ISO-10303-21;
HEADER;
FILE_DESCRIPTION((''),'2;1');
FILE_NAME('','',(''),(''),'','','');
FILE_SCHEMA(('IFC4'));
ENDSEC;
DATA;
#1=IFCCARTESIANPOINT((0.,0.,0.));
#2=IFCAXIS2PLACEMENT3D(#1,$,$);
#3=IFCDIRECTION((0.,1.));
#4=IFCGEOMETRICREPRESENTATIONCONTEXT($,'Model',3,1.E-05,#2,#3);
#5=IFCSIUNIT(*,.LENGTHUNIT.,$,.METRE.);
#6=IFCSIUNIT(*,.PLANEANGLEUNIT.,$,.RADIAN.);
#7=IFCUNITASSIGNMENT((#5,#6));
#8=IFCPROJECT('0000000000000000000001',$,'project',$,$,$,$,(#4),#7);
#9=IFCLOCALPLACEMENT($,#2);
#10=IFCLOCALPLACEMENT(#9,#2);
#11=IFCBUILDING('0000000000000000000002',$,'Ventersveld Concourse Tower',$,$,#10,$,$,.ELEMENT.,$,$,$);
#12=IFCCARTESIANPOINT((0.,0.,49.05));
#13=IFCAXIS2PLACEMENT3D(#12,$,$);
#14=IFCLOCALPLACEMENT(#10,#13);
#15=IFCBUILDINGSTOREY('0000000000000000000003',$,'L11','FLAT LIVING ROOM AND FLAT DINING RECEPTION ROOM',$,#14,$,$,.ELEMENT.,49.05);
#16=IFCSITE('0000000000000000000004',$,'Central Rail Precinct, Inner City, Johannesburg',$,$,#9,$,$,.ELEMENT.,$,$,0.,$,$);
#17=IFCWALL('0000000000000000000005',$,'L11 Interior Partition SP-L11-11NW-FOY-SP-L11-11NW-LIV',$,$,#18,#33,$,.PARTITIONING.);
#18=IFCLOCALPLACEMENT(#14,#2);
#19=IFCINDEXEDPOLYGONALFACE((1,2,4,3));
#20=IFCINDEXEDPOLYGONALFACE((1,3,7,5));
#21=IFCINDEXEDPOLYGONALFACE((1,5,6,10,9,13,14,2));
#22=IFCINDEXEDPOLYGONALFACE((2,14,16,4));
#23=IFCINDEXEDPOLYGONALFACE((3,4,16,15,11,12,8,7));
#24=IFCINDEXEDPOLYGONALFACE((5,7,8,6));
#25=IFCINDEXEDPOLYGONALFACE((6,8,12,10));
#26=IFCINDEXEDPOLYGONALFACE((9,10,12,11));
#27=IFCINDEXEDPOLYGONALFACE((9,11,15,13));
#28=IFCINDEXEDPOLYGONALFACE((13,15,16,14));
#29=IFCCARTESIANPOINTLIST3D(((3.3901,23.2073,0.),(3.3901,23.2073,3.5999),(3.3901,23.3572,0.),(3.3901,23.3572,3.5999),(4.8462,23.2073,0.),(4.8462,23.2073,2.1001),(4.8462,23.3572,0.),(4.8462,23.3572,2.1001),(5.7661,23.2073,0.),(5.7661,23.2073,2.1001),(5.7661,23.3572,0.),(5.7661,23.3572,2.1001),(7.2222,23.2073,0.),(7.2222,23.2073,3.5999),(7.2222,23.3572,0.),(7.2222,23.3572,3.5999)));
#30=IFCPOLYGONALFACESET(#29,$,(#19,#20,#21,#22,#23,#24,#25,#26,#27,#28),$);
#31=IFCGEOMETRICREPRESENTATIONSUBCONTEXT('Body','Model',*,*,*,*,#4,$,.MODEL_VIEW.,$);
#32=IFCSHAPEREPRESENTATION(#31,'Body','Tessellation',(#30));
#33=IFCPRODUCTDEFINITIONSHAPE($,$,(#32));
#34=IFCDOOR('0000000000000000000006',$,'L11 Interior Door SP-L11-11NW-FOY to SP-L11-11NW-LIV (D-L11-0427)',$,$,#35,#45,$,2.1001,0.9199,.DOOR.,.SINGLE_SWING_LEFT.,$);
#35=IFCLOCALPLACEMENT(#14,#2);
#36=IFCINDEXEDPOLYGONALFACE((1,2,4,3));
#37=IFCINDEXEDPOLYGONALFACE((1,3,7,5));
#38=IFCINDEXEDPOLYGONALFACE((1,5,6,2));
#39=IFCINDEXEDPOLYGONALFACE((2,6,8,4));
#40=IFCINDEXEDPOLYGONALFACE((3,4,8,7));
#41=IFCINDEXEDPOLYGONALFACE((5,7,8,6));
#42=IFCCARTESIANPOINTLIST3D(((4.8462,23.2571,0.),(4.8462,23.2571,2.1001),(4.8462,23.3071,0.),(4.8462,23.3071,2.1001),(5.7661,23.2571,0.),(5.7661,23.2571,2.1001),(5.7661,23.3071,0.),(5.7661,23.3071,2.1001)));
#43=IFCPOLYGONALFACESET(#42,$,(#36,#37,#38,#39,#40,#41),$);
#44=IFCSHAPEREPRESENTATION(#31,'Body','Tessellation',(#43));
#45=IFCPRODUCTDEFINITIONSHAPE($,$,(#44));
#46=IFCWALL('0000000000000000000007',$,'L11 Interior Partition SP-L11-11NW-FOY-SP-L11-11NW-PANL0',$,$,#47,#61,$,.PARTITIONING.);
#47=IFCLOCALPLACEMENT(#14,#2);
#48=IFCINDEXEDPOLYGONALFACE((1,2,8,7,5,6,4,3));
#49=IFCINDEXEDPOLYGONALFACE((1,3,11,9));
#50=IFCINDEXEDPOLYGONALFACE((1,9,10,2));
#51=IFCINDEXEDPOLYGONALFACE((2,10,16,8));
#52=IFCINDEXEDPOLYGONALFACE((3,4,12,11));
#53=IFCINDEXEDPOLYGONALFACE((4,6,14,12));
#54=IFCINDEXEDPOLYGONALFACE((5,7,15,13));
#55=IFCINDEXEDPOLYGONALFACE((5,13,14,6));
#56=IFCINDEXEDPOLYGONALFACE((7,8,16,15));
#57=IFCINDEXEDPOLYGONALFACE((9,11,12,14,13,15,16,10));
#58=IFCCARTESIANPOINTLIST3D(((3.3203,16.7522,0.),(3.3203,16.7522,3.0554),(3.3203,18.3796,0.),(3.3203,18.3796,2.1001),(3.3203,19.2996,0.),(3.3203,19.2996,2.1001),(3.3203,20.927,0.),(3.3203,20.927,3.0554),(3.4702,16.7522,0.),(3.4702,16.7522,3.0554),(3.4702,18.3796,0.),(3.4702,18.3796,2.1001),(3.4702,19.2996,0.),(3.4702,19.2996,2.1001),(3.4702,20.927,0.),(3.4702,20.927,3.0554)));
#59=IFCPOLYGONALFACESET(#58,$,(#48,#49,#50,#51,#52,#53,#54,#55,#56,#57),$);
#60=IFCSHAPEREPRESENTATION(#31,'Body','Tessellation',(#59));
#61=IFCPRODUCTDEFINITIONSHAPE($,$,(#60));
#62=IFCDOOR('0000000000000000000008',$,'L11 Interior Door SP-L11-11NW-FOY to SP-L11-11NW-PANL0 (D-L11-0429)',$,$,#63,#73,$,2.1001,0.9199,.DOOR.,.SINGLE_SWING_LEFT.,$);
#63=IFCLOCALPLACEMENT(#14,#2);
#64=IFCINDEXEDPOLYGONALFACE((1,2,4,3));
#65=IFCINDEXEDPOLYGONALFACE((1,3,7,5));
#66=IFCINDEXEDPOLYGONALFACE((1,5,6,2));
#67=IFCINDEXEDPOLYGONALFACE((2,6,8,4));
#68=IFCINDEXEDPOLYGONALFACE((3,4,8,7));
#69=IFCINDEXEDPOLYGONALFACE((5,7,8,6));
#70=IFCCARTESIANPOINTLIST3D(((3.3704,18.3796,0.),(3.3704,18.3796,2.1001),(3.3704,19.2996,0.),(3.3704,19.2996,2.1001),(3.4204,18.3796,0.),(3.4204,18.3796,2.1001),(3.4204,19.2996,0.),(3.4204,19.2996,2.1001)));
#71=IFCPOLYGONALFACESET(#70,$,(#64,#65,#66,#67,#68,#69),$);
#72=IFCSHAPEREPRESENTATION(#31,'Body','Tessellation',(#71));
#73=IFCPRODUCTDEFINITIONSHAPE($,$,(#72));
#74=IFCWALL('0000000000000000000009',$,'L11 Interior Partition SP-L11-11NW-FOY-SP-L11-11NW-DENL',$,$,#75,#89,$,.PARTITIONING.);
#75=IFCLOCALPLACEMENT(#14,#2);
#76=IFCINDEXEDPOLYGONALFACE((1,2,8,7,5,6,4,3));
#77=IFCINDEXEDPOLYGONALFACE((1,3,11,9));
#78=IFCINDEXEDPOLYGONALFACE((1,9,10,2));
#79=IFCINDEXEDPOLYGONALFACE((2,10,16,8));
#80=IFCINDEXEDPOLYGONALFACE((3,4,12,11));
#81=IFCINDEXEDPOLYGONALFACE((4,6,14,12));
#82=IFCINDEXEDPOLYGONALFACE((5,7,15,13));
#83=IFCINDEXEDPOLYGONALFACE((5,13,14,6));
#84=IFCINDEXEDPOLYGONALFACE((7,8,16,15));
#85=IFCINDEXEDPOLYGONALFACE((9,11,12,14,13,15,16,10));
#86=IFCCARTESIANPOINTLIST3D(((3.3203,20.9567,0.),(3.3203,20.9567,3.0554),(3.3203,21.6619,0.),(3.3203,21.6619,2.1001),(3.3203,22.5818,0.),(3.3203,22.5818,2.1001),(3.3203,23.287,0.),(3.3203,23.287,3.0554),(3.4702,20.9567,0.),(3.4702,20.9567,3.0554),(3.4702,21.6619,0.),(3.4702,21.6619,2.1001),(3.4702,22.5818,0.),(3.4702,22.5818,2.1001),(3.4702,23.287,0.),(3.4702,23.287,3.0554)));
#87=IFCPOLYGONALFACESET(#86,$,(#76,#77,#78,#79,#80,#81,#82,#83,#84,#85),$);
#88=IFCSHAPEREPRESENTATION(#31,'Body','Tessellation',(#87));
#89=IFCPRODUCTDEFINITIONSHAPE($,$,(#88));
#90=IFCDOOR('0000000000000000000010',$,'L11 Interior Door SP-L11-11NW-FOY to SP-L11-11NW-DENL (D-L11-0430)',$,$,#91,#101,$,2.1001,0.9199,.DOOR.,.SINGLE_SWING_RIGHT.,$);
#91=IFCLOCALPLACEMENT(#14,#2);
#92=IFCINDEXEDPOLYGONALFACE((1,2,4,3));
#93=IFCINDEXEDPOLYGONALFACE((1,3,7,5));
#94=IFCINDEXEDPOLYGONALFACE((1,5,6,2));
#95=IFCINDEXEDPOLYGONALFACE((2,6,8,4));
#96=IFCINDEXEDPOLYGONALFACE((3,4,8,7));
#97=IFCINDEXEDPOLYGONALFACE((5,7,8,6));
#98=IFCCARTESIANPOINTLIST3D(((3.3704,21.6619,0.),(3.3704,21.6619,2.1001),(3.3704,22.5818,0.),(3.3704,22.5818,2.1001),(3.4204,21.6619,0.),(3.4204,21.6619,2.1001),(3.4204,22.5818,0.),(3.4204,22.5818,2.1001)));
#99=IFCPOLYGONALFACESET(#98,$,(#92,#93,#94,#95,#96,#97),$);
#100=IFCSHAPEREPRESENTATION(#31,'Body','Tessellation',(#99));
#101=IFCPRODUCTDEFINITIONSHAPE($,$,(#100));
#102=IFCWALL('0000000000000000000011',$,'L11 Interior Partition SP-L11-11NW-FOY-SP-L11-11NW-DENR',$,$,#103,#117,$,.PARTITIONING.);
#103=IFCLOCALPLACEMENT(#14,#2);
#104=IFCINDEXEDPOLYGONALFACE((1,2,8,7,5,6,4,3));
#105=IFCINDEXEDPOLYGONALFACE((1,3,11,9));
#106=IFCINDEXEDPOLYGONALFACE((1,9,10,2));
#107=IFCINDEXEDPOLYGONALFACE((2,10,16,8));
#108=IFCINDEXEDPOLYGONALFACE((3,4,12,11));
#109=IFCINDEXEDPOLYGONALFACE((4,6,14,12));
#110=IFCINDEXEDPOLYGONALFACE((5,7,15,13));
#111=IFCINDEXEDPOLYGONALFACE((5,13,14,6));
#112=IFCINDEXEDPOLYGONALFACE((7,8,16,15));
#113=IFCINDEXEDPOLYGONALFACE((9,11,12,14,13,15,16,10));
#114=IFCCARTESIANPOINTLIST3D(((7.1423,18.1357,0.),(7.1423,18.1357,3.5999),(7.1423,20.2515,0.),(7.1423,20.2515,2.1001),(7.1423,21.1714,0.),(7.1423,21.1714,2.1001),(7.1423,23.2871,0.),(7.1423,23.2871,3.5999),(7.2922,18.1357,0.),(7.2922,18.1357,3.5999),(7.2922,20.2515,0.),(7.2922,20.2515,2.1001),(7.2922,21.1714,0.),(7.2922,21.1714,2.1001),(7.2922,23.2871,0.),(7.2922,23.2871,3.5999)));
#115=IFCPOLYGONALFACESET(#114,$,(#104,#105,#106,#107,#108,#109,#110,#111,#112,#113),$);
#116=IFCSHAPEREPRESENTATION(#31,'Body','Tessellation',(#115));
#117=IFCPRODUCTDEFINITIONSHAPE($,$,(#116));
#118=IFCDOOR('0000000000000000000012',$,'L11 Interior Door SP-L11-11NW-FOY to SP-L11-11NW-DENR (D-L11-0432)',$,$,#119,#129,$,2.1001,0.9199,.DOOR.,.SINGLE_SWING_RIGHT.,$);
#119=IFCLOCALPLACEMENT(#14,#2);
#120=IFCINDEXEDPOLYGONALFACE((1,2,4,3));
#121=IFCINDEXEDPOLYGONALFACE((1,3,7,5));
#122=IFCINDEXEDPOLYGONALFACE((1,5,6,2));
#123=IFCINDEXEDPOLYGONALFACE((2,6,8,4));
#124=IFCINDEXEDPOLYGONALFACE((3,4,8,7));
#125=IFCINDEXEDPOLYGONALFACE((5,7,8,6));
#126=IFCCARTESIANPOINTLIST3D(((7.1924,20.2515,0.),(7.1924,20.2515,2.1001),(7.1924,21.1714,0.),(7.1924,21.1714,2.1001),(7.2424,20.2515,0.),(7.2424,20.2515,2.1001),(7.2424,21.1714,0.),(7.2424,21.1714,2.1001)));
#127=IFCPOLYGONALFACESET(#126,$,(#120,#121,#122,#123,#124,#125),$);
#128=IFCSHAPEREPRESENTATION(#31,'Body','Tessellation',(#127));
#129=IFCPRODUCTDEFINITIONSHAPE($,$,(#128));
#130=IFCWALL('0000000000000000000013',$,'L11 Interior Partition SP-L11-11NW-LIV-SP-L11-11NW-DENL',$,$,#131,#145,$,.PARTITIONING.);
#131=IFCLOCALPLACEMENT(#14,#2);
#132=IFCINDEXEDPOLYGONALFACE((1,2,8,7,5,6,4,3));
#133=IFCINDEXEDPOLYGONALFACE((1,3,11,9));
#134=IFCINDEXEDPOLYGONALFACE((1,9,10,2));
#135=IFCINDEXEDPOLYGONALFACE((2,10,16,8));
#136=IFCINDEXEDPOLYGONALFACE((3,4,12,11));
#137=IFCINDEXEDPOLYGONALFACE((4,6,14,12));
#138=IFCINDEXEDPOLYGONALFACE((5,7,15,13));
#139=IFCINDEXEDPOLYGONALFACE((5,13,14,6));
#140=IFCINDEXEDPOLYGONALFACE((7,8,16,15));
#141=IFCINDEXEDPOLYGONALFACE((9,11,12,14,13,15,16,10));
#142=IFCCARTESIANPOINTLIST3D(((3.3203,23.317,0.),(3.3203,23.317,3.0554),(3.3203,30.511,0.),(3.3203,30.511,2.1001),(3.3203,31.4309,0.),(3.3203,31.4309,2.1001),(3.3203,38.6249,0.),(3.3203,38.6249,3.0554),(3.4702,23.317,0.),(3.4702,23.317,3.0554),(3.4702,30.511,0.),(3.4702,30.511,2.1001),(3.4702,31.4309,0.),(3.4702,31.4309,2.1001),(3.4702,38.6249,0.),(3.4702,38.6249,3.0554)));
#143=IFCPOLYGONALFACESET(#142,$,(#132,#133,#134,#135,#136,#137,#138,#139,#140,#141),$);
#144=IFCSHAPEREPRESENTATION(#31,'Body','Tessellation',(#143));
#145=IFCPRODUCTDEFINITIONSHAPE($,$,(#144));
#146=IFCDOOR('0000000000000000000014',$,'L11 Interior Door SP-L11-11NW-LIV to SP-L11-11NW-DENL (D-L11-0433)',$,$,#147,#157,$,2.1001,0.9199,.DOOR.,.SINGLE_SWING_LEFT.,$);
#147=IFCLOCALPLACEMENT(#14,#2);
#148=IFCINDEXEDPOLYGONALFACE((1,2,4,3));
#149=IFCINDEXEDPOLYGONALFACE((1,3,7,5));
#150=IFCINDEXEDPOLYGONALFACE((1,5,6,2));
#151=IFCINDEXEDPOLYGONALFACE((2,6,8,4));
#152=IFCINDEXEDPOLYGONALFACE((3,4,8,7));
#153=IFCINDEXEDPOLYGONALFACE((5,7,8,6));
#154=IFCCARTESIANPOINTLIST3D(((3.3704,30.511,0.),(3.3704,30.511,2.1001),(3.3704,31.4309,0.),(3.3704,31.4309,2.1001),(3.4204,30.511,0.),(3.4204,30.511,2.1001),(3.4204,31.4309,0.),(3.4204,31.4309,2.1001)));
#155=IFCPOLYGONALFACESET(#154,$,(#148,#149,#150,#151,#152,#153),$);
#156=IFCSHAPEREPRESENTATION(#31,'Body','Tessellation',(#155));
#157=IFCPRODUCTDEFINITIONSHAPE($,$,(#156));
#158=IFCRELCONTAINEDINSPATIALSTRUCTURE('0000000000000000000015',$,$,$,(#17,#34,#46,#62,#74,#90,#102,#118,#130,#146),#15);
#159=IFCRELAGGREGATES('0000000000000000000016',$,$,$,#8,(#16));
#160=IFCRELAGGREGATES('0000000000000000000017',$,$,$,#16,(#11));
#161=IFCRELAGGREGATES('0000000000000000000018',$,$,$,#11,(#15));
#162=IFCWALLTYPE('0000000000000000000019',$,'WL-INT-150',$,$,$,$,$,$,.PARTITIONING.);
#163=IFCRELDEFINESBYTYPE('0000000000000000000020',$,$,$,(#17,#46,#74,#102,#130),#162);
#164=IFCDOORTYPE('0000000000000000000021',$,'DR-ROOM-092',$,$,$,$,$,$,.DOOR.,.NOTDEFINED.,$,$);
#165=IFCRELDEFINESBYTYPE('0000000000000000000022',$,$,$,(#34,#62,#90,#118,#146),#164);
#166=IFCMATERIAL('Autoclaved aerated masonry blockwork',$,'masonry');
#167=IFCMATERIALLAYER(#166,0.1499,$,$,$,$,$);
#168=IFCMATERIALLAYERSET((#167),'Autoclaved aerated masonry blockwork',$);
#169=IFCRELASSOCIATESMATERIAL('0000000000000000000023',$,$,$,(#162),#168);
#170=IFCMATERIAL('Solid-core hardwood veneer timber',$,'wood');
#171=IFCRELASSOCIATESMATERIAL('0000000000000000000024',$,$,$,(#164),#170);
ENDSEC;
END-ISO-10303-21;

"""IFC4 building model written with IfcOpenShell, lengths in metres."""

from ifc_helpers import new_model, si_unit, direction, frame, frame_2d, origin, place, context, subcontext, project, spatial, rectangle, extrude, material, layer, layer_set, type_object, element, fill, save


model = new_model("IFC4")

# Units and contexts
model_context = context("Model", 3, precision=1e-05, world=origin(), true_north=direction((0.0, 1.0)))
body_context = subcontext(model_context, "Body", "Model", "MODEL_VIEW")
ifc_project = project(units=[si_unit("LENGTHUNIT", "METRE"), si_unit("PLANEANGLEUNIT", "RADIAN")], contexts=[model_context])

# Site, building, storey
site_placement = place(None, origin())
site = spatial("IfcSite", under=ifc_project, at=site_placement, Name="Central Rail Precinct, Inner City, Johannesburg", CompositionType="ELEMENT", RefElevation=0.0)
building_placement = place(site_placement, origin())
building = spatial("IfcBuilding", under=site, at=building_placement, Name="Ventersveld Concourse Tower", CompositionType="ELEMENT")
storey_placement = place(building_placement, frame((0.0, 0.0, 49.05)))
storey = spatial("IfcBuildingStorey", under=building, at=storey_placement, Name="L11", Description="FLAT LIVING ROOM AND FLAT DINING RECEPTION ROOM", CompositionType="ELEMENT", Elevation=49.05)

# Walls, openings, doors
ifc_material_1 = material(Name="Autoclaved aerated masonry blockwork", Category="masonry")
ifc_layer_1 = layer(ifc_material_1, 0.1499)
ifc_layer_set_1 = layer_set([ifc_layer_1], Name="Autoclaved aerated masonry blockwork")
wall_type_1 = type_object("IfcWallType", Name="WL-INT-150", PredefinedType="PARTITIONING", material=ifc_layer_set_1)
wall_1_placement = place(storey_placement, frame((3.3901, 23.2822, 0.0), z_axis=(0.0, 0.0, 1.0), x_axis=(1.0, 0.0, 0.0)))
wall_1 = element("IfcWall", 1, at=wall_1_placement, inside=storey, type_object=wall_type_1, Name="L11 Interior Partition SP-L11-11NW-FOY-SP-L11-11NW-LIV", PredefinedType="PARTITIONING", context=body_context, shape_type="SweptSolid", body=[
    extrude(rectangle(XDim=3.832, YDim=0.1499, at=frame_2d((1.916, 0.0))), origin(), (0.0, 0.0, 1.0), 3.5999),
])
opening_1_placement = place(wall_1_placement, frame((1.4561, 0.0, 0.0)))
opening_1 = element("IfcOpeningElement", 2, at=opening_1_placement, cuts=wall_1, PredefinedType="OPENING", context=body_context, shape_type="SweptSolid", body=[
    extrude(rectangle(XDim=0.9199, YDim=2.1001, at=frame_2d((0.46, 1.05))), frame((0.0, 0.085, 0.0), z_axis=(0.0, -1.0, 0.0), x_axis=(1.0, 0.0, 0.0)), (0.0, 0.0, 1.0), 0.1699),
])
ifc_material_2 = material(Name="Solid-core hardwood veneer timber", Category="wood")
door_type = type_object("IfcDoorType", Name="DR-ROOM-092", OperationType="NOTDEFINED", PredefinedType="DOOR", material=ifc_material_2)
door_1_placement = place(opening_1_placement, origin())
door_1 = element("IfcDoor", 3, at=door_1_placement, inside=storey, type_object=door_type, Name="L11 Interior Door SP-L11-11NW-FOY to SP-L11-11NW-LIV (D-L11-0427)", OperationType="SINGLE_SWING_LEFT", OverallHeight=2.1001, OverallWidth=0.9199, PredefinedType="DOOR", context=body_context, shape_type="SweptSolid", body=[
    extrude(rectangle(XDim=0.9199, YDim=2.1001, at=frame_2d((0.46, 1.05))), frame((0.0, 0.0249, 0.0), z_axis=(0.0, -1.0, 0.0), x_axis=(1.0, 0.0, 0.0)), (0.0, 0.0, 1.0), 0.05),
])
fill(opening_1, door_1)
wall_2_placement = place(storey_placement, frame((3.3953, 16.7522, 0.0), z_axis=(0.0, 0.0, 1.0), x_axis=(0.0, 1.0, 0.0)))
wall_2 = element("IfcWall", 4, at=wall_2_placement, inside=storey, type_object=wall_type_1, Name="L11 Interior Partition SP-L11-11NW-FOY-SP-L11-11NW-PANL0", PredefinedType="PARTITIONING", context=body_context, shape_type="SweptSolid", body=[
    extrude(rectangle(XDim=4.1748, YDim=0.1499, at=frame_2d((2.0874, 0.0))), origin(), (0.0, 0.0, 1.0), 3.0554),
])
opening_2_placement = place(wall_2_placement, frame((1.6274, 0.0, 0.0)))
opening_2 = element("IfcOpeningElement", 5, at=opening_2_placement, cuts=wall_2, PredefinedType="OPENING", context=body_context, shape_type="SweptSolid", body=[
    extrude(rectangle(XDim=0.9199, YDim=2.1001, at=frame_2d((0.46, 1.05))), frame((0.0, 0.085, 0.0), z_axis=(0.0, -1.0, 0.0), x_axis=(1.0, 0.0, 0.0)), (0.0, 0.0, 1.0), 0.1699),
])
door_2_placement = place(opening_2_placement, origin())
door_2 = element("IfcDoor", 6, at=door_2_placement, inside=storey, type_object=door_type, Name="L11 Interior Door SP-L11-11NW-FOY to SP-L11-11NW-PANL0 (D-L11-0429)", OperationType="SINGLE_SWING_LEFT", OverallHeight=2.1001, OverallWidth=0.9199, PredefinedType="DOOR", context=body_context, shape_type="SweptSolid", body=[
    extrude(rectangle(XDim=0.9199, YDim=2.1001, at=frame_2d((0.46, 1.05))), frame((0.0, 0.0249, 0.0), z_axis=(0.0, -1.0, 0.0), x_axis=(1.0, 0.0, 0.0)), (0.0, 0.0, 1.0), 0.05),
])
fill(opening_2, door_2)
wall_3_placement = place(storey_placement, frame((3.3953, 20.9568, 0.0), z_axis=(0.0, 0.0, 1.0), x_axis=(0.0, 1.0, 0.0)))
wall_3 = element("IfcWall", 7, at=wall_3_placement, inside=storey, type_object=wall_type_1, Name="L11 Interior Partition SP-L11-11NW-FOY-SP-L11-11NW-DENL", PredefinedType="PARTITIONING", context=body_context, shape_type="SweptSolid", body=[
    extrude(rectangle(XDim=2.3303, YDim=0.1499, at=frame_2d((1.165, 0.0))), origin(), (0.0, 0.0, 1.0), 3.0554),
])
opening_3_placement = place(wall_3_placement, frame((0.7051, 0.0, 0.0)))
opening_3 = element("IfcOpeningElement", 8, at=opening_3_placement, cuts=wall_3, PredefinedType="OPENING", context=body_context, shape_type="SweptSolid", body=[
    extrude(rectangle(XDim=0.9199, YDim=2.1001, at=frame_2d((0.46, 1.05))), frame((0.0, 0.085, 0.0), z_axis=(0.0, -1.0, 0.0), x_axis=(1.0, 0.0, 0.0)), (0.0, 0.0, 1.0), 0.1699),
])
door_3_placement = place(opening_3_placement, origin())
door_3 = element("IfcDoor", 9, at=door_3_placement, inside=storey, type_object=door_type, Name="L11 Interior Door SP-L11-11NW-FOY to SP-L11-11NW-DENL (D-L11-0430)", OperationType="SINGLE_SWING_RIGHT", OverallHeight=2.1001, OverallWidth=0.9199, PredefinedType="DOOR", context=body_context, shape_type="SweptSolid", body=[
    extrude(rectangle(XDim=0.9199, YDim=2.1001, at=frame_2d((0.46, 1.05))), frame((0.0, 0.0249, 0.0), z_axis=(0.0, -1.0, 0.0), x_axis=(1.0, 0.0, 0.0)), (0.0, 0.0, 1.0), 0.05),
])
fill(opening_3, door_3)
wall_4_placement = place(storey_placement, frame((7.2173, 18.1357, 0.0), z_axis=(0.0, 0.0, 1.0), x_axis=(0.0, 1.0, 0.0)))
wall_4 = element("IfcWall", 10, at=wall_4_placement, inside=storey, type_object=wall_type_1, Name="L11 Interior Partition SP-L11-11NW-FOY-SP-L11-11NW-DENR", PredefinedType="PARTITIONING", context=body_context, shape_type="SweptSolid", body=[
    extrude(rectangle(XDim=5.1514, YDim=0.1499, at=frame_2d((2.5757, 0.0))), origin(), (0.0, 0.0, 1.0), 3.5999),
])
opening_4_placement = place(wall_4_placement, frame((2.1157, 0.0, 0.0)))
opening_4 = element("IfcOpeningElement", 11, at=opening_4_placement, cuts=wall_4, PredefinedType="OPENING", context=body_context, shape_type="SweptSolid", body=[
    extrude(rectangle(XDim=0.9199, YDim=2.1001, at=frame_2d((0.46, 1.05))), frame((0.0, 0.085, 0.0), z_axis=(0.0, -1.0, 0.0), x_axis=(1.0, 0.0, 0.0)), (0.0, 0.0, 1.0), 0.1699),
])
door_4_placement = place(opening_4_placement, origin())
door_4 = element("IfcDoor", 12, at=door_4_placement, inside=storey, type_object=door_type, Name="L11 Interior Door SP-L11-11NW-FOY to SP-L11-11NW-DENR (D-L11-0432)", OperationType="SINGLE_SWING_RIGHT", OverallHeight=2.1001, OverallWidth=0.9199, PredefinedType="DOOR", context=body_context, shape_type="SweptSolid", body=[
    extrude(rectangle(XDim=0.9199, YDim=2.1001, at=frame_2d((0.46, 1.05))), frame((0.0, 0.0249, 0.0), z_axis=(0.0, -1.0, 0.0), x_axis=(1.0, 0.0, 0.0)), (0.0, 0.0, 1.0), 0.05),
])
fill(opening_4, door_4)
wall_5_placement = place(storey_placement, frame((3.3953, 23.3171, 0.0), z_axis=(0.0, 0.0, 1.0), x_axis=(0.0, 1.0, 0.0)))
wall_5 = element("IfcWall", 13, at=wall_5_placement, inside=storey, type_object=wall_type_1, Name="L11 Interior Partition SP-L11-11NW-LIV-SP-L11-11NW-DENL", PredefinedType="PARTITIONING", context=body_context, shape_type="SweptSolid", body=[
    extrude(rectangle(XDim=15.3079, YDim=0.1499, at=frame_2d((7.6538, 0.0))), origin(), (0.0, 0.0, 1.0), 3.0554),
])
opening_5_placement = place(wall_5_placement, frame((7.1938, 0.0, 0.0)))
opening_5 = element("IfcOpeningElement", 14, at=opening_5_placement, cuts=wall_5, PredefinedType="OPENING", context=body_context, shape_type="SweptSolid", body=[
    extrude(rectangle(XDim=0.9199, YDim=2.1001, at=frame_2d((0.46, 1.05))), frame((0.0, 0.085, 0.0), z_axis=(0.0, -1.0, 0.0), x_axis=(1.0, 0.0, 0.0)), (0.0, 0.0, 1.0), 0.1699),
])
door_5_placement = place(opening_5_placement, origin())
door_5 = element("IfcDoor", 15, at=door_5_placement, inside=storey, type_object=door_type, Name="L11 Interior Door SP-L11-11NW-LIV to SP-L11-11NW-DENL (D-L11-0433)", OperationType="SINGLE_SWING_LEFT", OverallHeight=2.1001, OverallWidth=0.9199, PredefinedType="DOOR", context=body_context, shape_type="SweptSolid", body=[
    extrude(rectangle(XDim=0.9199, YDim=2.1001, at=frame_2d((0.46, 1.05))), frame((0.0, 0.0249, 0.0), z_axis=(0.0, -1.0, 0.0), x_axis=(1.0, 0.0, 0.0)), (0.0, 0.0, 1.0), 0.05),
])
fill(opening_5, door_5)

save(model, "model.ifc")
